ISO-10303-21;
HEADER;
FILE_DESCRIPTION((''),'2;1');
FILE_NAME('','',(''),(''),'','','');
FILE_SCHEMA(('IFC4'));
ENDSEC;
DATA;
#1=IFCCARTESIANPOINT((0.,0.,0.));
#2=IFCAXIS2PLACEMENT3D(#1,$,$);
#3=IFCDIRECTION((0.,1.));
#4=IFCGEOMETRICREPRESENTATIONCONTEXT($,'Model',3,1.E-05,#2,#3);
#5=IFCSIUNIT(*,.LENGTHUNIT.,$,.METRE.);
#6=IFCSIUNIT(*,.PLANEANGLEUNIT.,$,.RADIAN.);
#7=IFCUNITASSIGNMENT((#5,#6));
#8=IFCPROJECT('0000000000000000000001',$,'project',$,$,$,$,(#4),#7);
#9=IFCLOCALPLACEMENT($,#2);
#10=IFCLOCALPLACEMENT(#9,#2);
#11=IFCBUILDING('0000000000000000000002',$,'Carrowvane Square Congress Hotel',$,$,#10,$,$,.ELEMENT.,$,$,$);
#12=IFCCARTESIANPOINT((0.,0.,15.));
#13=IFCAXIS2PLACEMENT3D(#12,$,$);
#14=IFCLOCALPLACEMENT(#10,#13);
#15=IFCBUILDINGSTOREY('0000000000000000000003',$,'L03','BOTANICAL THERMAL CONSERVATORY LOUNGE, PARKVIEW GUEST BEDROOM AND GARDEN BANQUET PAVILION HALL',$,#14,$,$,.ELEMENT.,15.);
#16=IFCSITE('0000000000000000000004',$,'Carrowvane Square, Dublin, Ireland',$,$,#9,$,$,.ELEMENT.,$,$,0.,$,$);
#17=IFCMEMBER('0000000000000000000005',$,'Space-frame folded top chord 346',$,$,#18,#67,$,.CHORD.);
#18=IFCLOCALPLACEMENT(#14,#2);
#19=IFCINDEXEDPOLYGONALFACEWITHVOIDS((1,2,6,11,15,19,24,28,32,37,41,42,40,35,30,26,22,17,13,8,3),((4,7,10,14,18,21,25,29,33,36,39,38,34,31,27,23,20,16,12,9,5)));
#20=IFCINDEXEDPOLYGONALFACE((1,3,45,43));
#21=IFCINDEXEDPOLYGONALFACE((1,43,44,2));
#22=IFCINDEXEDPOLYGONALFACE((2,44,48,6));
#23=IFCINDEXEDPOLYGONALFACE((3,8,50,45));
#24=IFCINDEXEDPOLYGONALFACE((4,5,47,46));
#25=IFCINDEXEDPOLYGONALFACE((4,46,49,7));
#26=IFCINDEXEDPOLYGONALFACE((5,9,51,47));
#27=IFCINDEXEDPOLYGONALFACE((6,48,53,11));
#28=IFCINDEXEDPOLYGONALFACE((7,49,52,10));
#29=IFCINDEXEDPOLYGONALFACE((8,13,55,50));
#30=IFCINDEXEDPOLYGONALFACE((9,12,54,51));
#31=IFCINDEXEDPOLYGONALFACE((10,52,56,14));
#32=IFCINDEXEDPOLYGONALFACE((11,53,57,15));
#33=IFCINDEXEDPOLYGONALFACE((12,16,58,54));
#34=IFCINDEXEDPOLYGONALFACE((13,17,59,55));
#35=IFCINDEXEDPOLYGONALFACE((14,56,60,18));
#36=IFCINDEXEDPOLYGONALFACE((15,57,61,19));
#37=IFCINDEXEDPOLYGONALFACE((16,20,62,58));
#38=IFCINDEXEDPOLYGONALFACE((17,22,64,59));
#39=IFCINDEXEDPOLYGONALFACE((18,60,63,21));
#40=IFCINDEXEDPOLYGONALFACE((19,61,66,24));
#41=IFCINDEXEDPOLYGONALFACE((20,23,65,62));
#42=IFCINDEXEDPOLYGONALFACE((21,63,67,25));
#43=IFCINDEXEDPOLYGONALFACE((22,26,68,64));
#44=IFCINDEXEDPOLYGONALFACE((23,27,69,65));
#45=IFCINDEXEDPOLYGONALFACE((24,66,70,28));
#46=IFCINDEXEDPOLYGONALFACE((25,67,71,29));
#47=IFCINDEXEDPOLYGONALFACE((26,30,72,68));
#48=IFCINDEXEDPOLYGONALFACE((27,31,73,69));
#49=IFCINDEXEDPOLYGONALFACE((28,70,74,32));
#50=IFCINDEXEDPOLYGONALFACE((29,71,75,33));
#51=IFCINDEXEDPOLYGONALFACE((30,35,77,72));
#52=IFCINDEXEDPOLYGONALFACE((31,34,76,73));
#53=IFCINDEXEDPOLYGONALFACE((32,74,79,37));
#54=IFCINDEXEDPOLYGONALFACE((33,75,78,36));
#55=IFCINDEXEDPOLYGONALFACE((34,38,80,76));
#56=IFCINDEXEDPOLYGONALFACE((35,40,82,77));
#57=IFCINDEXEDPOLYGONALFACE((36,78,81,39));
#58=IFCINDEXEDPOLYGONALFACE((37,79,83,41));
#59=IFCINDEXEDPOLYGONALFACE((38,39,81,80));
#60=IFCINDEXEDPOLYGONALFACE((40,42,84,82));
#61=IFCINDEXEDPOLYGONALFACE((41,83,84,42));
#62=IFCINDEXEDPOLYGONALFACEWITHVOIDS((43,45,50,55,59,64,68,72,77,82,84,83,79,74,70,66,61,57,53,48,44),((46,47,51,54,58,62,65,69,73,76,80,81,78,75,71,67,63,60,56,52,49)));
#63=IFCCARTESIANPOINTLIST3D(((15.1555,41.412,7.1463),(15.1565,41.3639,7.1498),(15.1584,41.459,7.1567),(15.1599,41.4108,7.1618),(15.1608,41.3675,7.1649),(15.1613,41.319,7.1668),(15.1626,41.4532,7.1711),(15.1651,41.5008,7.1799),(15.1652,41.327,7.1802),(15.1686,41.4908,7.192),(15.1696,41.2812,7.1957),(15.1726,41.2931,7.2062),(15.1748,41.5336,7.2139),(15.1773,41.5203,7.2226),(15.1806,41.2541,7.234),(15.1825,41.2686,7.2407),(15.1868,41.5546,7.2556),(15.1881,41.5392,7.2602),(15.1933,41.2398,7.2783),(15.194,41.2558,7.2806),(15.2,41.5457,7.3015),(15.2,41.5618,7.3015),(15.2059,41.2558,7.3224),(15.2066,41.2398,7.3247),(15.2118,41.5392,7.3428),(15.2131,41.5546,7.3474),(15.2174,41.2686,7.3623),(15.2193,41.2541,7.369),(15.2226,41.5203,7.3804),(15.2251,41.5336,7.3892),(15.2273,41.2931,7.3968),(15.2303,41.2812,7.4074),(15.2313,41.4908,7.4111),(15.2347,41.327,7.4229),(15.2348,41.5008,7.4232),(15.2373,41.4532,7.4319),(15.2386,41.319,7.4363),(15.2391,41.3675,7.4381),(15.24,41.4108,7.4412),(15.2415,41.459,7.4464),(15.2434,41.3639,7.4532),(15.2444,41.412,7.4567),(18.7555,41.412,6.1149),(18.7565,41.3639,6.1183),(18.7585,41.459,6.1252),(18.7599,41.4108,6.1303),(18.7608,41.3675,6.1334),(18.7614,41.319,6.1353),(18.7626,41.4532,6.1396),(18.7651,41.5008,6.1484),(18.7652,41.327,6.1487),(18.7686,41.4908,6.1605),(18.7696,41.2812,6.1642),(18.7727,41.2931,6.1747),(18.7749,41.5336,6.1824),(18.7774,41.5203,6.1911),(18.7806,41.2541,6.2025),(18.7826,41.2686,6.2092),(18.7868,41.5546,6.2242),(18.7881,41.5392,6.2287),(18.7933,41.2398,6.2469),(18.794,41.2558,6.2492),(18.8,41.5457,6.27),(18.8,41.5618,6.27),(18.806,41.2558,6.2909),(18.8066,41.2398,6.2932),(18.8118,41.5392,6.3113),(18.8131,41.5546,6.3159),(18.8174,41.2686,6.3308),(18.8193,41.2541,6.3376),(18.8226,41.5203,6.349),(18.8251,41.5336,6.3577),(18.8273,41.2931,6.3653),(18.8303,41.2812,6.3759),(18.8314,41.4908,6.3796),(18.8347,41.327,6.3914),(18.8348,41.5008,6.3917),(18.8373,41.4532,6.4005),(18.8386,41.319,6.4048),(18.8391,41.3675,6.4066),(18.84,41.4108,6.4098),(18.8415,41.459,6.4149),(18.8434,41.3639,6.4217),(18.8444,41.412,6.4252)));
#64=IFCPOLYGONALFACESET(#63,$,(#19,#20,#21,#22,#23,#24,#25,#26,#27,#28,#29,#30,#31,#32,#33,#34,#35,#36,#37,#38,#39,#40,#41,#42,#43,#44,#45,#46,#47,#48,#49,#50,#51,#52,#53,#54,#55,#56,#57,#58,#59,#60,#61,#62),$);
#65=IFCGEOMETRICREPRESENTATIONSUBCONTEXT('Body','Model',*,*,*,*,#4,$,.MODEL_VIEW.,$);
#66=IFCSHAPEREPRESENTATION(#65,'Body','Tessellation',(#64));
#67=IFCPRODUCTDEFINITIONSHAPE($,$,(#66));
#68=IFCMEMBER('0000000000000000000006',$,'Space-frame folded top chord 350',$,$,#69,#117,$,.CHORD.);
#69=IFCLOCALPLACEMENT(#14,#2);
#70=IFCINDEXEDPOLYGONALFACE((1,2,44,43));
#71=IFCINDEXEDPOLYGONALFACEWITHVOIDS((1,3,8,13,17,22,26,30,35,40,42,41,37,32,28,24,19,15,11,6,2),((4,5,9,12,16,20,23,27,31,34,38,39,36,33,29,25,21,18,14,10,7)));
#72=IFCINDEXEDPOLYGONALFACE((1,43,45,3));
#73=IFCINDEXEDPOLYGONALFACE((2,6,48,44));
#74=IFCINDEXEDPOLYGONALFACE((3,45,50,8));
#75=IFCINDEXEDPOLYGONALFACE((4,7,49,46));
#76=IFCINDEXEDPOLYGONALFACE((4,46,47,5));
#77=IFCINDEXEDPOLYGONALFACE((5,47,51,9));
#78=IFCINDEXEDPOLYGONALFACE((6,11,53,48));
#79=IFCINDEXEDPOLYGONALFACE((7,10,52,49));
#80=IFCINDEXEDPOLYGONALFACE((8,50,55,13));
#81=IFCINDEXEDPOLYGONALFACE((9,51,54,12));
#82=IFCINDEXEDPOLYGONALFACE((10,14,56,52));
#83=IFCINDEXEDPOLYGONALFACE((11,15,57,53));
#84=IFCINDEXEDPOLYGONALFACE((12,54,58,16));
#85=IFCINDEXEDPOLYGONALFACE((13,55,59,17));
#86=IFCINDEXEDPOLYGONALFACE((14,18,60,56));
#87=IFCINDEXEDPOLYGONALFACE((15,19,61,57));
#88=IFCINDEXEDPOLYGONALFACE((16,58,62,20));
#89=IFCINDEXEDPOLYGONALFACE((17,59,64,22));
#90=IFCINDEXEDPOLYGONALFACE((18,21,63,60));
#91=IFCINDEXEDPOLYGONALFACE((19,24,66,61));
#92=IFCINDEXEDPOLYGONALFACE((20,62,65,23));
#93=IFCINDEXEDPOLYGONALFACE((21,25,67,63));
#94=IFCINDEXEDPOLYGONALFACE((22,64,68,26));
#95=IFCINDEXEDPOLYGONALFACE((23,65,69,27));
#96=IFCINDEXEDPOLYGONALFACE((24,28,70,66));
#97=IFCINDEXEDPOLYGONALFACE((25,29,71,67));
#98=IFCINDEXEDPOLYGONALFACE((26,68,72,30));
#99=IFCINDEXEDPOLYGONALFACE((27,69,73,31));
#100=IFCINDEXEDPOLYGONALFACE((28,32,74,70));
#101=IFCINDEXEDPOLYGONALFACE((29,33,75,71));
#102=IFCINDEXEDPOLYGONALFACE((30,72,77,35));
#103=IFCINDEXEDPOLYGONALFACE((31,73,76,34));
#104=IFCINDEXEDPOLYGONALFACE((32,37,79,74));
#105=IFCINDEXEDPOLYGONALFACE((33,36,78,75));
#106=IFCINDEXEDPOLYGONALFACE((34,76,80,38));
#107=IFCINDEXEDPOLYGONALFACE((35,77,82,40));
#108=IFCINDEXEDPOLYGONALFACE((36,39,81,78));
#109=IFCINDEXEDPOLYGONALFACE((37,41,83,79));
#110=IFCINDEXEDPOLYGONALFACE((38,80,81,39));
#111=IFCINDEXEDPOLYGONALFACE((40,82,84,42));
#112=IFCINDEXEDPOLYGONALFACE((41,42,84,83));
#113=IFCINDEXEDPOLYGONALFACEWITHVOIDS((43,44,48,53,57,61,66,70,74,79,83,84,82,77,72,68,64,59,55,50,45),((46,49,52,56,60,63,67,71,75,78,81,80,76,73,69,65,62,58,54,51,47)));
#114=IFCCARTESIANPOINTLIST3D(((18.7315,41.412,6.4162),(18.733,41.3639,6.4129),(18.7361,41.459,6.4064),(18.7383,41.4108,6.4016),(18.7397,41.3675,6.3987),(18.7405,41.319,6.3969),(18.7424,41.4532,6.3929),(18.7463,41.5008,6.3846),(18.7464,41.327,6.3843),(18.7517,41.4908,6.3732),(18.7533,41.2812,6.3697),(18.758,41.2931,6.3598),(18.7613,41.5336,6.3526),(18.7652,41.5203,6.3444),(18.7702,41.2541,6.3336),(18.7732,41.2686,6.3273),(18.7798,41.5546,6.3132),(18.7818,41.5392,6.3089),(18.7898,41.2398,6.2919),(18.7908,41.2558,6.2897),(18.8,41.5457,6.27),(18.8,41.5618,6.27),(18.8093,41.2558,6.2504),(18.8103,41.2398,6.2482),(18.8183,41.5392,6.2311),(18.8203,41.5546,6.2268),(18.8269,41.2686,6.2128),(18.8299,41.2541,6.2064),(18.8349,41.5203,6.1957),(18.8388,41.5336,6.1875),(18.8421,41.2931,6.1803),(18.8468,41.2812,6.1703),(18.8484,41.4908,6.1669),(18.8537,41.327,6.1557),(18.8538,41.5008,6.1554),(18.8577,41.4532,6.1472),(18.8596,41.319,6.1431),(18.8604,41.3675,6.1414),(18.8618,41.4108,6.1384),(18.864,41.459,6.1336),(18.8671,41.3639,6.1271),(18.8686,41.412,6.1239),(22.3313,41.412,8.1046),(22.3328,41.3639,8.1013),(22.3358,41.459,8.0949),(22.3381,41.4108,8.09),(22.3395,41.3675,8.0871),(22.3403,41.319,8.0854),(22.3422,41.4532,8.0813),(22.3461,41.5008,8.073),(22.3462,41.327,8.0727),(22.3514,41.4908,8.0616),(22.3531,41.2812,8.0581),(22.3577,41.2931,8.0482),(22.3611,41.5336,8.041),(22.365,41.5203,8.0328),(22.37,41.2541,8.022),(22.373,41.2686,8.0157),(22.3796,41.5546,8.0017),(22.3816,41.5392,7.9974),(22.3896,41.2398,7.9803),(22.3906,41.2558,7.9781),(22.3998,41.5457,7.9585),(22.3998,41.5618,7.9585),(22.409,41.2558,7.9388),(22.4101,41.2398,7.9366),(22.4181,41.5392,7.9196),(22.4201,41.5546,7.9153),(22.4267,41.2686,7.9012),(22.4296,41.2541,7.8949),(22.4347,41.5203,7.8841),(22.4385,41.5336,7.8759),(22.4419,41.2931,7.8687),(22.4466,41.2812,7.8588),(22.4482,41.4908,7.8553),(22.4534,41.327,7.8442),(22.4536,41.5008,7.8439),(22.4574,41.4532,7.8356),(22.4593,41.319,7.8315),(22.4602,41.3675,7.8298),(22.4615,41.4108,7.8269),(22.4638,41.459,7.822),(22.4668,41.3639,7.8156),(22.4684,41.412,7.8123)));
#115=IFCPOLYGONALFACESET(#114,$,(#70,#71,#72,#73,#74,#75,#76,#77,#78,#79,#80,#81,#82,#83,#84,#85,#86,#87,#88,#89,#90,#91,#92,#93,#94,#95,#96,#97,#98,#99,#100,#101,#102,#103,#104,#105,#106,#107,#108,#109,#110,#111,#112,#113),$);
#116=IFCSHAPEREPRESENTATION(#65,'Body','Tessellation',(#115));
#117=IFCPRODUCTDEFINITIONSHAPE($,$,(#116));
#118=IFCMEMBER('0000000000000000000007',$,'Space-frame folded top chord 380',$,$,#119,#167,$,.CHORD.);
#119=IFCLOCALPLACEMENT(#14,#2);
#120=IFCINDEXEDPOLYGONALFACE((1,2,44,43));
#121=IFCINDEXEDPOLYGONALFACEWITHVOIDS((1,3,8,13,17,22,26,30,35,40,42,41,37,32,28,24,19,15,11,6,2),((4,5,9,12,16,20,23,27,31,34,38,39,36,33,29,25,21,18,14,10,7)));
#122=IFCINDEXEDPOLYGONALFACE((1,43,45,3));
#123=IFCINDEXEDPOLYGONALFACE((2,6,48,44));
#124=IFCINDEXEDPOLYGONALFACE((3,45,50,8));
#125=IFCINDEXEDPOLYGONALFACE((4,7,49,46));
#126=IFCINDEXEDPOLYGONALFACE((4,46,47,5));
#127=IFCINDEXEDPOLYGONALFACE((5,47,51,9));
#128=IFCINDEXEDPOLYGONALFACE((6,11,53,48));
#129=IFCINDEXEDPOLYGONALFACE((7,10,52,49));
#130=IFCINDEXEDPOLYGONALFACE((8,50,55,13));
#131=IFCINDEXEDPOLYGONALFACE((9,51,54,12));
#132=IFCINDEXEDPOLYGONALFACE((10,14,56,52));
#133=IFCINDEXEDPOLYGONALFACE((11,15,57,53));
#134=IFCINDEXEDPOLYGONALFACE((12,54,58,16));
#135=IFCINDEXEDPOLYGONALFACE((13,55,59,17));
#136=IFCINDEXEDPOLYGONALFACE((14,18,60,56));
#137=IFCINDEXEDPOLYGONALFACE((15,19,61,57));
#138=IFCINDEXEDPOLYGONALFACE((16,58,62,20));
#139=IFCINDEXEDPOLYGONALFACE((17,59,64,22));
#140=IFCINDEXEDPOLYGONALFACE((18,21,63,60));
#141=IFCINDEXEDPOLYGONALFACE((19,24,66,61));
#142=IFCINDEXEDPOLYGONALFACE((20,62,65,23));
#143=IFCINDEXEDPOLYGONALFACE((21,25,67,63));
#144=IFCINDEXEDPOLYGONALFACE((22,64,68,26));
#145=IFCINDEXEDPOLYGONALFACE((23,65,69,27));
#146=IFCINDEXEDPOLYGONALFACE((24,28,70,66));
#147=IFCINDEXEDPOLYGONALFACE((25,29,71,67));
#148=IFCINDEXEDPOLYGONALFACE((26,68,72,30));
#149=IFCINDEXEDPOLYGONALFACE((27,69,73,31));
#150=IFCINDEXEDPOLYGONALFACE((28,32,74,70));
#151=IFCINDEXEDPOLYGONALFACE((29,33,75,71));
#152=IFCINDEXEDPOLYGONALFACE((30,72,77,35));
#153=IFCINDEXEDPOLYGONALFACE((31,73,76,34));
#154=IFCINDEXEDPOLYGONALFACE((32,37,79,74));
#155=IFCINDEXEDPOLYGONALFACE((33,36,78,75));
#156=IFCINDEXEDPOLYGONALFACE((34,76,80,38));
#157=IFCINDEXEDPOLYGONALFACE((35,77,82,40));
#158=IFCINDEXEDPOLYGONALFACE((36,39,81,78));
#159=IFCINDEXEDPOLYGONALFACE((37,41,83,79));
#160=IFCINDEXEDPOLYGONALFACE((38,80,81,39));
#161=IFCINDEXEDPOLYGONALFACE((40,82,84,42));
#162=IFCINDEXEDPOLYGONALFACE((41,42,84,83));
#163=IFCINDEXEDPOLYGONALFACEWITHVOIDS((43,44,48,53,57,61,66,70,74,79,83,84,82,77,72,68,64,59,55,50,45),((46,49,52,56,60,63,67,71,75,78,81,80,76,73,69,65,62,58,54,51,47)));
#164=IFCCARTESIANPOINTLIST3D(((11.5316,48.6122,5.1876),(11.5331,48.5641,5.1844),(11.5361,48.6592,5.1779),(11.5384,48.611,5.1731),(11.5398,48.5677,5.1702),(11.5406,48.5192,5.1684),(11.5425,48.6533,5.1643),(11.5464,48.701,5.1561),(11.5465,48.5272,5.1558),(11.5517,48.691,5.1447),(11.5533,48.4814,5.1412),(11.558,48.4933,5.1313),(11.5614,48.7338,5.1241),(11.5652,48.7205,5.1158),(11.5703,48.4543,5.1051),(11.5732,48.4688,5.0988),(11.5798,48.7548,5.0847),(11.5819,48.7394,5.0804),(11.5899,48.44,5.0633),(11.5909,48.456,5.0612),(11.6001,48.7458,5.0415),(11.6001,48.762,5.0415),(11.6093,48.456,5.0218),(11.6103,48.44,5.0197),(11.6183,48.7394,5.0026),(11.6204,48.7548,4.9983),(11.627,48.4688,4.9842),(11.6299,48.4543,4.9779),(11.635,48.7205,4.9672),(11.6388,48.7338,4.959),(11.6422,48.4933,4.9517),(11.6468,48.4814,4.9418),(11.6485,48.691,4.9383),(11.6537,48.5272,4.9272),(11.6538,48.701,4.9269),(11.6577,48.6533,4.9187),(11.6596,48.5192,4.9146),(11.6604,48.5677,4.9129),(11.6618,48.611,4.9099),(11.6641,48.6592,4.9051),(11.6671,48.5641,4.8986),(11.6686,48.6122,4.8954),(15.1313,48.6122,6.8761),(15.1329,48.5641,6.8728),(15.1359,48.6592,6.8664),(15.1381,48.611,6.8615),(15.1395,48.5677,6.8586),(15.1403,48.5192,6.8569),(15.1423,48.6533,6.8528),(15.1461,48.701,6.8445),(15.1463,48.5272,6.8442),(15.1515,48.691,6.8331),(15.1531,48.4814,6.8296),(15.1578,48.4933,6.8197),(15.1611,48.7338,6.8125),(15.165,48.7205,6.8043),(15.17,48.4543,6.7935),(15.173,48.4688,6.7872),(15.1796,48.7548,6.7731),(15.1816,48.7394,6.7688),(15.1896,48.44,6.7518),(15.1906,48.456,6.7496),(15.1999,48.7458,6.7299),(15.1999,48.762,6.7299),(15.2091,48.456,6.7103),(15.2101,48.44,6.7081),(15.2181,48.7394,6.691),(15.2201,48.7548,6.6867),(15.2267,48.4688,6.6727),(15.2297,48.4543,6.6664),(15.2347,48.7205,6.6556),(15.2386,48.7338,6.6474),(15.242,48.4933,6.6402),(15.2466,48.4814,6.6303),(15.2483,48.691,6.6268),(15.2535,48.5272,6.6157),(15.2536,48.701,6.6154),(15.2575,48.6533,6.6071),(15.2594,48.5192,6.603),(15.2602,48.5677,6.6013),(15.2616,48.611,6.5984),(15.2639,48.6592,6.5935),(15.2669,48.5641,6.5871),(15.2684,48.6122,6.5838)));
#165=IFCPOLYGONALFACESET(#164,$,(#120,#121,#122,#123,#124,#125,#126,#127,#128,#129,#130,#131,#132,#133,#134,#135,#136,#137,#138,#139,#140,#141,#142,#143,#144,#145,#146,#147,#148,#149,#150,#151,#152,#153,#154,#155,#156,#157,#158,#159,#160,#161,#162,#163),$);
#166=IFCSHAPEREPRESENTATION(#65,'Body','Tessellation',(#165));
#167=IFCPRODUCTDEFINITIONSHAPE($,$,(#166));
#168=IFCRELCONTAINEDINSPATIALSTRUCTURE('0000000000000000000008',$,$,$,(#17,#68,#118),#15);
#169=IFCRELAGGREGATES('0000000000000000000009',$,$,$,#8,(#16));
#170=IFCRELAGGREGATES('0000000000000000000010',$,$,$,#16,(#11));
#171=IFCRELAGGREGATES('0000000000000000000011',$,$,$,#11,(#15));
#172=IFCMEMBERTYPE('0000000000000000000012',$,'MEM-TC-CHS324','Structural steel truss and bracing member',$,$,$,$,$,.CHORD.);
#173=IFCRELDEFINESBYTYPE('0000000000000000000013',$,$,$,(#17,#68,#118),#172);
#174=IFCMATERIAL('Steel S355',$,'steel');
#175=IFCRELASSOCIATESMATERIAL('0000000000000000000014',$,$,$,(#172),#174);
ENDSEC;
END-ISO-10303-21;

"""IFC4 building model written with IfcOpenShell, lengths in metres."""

from ifc_helpers import new_model, si_unit, direction, frame, origin, origin_2d, place, context, subcontext, project, spatial, hollow_circle, extrude, material, material_profile, profile_set, type_object, element, save


model = new_model("IFC4")

# Units and contexts
model_context = context("Model", 3, precision=1e-05, world=origin(), true_north=direction((0.0, 1.0)))
body_context = subcontext(model_context, "Body", "Model", "MODEL_VIEW")
ifc_project = project(units=[si_unit("LENGTHUNIT", "METRE"), si_unit("PLANEANGLEUNIT", "RADIAN")], contexts=[model_context])

# Site, building, storey
site_placement = place(None, origin())
site = spatial("IfcSite", under=ifc_project, at=site_placement, Name="Carrowvane Square, Dublin, Ireland", CompositionType="ELEMENT", RefElevation=0.0)
building_placement = place(site_placement, origin())
building = spatial("IfcBuilding", under=site, at=building_placement, Name="Carrowvane Square Congress Hotel", CompositionType="ELEMENT")
storey_placement = place(building_placement, frame((0.0, 0.0, 15.0)))
storey = spatial("IfcBuildingStorey", under=building, at=storey_placement, Name="L03", Description="BOTANICAL THERMAL CONSERVATORY LOUNGE, PARKVIEW GUEST BEDROOM AND GARDEN BANQUET PAVILION HALL", CompositionType="ELEMENT", Elevation=15.0)

# Members
ifc_material_1 = material(Name="Steel S355", Category="steel")
ifc_material_profile_1 = material_profile(ifc_material_1, hollow_circle(Radius=0.1619, WallThickness=0.0161, at=origin_2d()), Name="CHS 323.9x16")
ifc_profile_set_1 = profile_set([ifc_material_profile_1], Name="Steel S355")
member_type_1 = type_object("IfcMemberType", Name="MEM-TC-CHS324", Description="Structural steel truss and bracing member", PredefinedType="CHORD", material=ifc_profile_set_1)
member_1_placement = place(storey_placement, frame((15.2, 41.3999, 7.3015), z_axis=(0.961319, 0.0, -0.275436), x_axis=(0.0, 1.0, 0.0)))
element("IfcMember", 1, at=member_1_placement, inside=storey, type_object=member_type_1, Name="Space-frame folded top chord 346", PredefinedType="CHORD", context=body_context, shape_type="SweptSolid", body=[
    extrude(hollow_circle(Radius=0.1619, WallThickness=0.0161, at=origin_2d()), origin(), (0.0, 0.0, 1.0), 3.7449),
])
for number, where, z_axis, x_axis, name in (
    (2, (18.8, 41.3999, 6.27), (0.905358, 0.0, 0.424649), (0.0, 1.0, 0.0), "Space-frame folded top chord 350"),
    (3, (11.6001, 48.6001, 5.0415), (0.905358, 0.0, 0.424649), (0.0, 1.0, 0.0), "Space-frame folded top chord 380"),
):
    element("IfcMember", number, at=place(storey_placement, frame(where, z_axis=z_axis, x_axis=x_axis)), inside=storey, type_object=member_type_1, Name=name, PredefinedType="CHORD", context=body_context, shape_type="SweptSolid", body=[
        extrude(hollow_circle(Radius=0.1619, WallThickness=0.0161, at=origin_2d()), origin(), (0.0, 0.0, 1.0), 3.9761),
    ])

save(model, "model.ifc")
